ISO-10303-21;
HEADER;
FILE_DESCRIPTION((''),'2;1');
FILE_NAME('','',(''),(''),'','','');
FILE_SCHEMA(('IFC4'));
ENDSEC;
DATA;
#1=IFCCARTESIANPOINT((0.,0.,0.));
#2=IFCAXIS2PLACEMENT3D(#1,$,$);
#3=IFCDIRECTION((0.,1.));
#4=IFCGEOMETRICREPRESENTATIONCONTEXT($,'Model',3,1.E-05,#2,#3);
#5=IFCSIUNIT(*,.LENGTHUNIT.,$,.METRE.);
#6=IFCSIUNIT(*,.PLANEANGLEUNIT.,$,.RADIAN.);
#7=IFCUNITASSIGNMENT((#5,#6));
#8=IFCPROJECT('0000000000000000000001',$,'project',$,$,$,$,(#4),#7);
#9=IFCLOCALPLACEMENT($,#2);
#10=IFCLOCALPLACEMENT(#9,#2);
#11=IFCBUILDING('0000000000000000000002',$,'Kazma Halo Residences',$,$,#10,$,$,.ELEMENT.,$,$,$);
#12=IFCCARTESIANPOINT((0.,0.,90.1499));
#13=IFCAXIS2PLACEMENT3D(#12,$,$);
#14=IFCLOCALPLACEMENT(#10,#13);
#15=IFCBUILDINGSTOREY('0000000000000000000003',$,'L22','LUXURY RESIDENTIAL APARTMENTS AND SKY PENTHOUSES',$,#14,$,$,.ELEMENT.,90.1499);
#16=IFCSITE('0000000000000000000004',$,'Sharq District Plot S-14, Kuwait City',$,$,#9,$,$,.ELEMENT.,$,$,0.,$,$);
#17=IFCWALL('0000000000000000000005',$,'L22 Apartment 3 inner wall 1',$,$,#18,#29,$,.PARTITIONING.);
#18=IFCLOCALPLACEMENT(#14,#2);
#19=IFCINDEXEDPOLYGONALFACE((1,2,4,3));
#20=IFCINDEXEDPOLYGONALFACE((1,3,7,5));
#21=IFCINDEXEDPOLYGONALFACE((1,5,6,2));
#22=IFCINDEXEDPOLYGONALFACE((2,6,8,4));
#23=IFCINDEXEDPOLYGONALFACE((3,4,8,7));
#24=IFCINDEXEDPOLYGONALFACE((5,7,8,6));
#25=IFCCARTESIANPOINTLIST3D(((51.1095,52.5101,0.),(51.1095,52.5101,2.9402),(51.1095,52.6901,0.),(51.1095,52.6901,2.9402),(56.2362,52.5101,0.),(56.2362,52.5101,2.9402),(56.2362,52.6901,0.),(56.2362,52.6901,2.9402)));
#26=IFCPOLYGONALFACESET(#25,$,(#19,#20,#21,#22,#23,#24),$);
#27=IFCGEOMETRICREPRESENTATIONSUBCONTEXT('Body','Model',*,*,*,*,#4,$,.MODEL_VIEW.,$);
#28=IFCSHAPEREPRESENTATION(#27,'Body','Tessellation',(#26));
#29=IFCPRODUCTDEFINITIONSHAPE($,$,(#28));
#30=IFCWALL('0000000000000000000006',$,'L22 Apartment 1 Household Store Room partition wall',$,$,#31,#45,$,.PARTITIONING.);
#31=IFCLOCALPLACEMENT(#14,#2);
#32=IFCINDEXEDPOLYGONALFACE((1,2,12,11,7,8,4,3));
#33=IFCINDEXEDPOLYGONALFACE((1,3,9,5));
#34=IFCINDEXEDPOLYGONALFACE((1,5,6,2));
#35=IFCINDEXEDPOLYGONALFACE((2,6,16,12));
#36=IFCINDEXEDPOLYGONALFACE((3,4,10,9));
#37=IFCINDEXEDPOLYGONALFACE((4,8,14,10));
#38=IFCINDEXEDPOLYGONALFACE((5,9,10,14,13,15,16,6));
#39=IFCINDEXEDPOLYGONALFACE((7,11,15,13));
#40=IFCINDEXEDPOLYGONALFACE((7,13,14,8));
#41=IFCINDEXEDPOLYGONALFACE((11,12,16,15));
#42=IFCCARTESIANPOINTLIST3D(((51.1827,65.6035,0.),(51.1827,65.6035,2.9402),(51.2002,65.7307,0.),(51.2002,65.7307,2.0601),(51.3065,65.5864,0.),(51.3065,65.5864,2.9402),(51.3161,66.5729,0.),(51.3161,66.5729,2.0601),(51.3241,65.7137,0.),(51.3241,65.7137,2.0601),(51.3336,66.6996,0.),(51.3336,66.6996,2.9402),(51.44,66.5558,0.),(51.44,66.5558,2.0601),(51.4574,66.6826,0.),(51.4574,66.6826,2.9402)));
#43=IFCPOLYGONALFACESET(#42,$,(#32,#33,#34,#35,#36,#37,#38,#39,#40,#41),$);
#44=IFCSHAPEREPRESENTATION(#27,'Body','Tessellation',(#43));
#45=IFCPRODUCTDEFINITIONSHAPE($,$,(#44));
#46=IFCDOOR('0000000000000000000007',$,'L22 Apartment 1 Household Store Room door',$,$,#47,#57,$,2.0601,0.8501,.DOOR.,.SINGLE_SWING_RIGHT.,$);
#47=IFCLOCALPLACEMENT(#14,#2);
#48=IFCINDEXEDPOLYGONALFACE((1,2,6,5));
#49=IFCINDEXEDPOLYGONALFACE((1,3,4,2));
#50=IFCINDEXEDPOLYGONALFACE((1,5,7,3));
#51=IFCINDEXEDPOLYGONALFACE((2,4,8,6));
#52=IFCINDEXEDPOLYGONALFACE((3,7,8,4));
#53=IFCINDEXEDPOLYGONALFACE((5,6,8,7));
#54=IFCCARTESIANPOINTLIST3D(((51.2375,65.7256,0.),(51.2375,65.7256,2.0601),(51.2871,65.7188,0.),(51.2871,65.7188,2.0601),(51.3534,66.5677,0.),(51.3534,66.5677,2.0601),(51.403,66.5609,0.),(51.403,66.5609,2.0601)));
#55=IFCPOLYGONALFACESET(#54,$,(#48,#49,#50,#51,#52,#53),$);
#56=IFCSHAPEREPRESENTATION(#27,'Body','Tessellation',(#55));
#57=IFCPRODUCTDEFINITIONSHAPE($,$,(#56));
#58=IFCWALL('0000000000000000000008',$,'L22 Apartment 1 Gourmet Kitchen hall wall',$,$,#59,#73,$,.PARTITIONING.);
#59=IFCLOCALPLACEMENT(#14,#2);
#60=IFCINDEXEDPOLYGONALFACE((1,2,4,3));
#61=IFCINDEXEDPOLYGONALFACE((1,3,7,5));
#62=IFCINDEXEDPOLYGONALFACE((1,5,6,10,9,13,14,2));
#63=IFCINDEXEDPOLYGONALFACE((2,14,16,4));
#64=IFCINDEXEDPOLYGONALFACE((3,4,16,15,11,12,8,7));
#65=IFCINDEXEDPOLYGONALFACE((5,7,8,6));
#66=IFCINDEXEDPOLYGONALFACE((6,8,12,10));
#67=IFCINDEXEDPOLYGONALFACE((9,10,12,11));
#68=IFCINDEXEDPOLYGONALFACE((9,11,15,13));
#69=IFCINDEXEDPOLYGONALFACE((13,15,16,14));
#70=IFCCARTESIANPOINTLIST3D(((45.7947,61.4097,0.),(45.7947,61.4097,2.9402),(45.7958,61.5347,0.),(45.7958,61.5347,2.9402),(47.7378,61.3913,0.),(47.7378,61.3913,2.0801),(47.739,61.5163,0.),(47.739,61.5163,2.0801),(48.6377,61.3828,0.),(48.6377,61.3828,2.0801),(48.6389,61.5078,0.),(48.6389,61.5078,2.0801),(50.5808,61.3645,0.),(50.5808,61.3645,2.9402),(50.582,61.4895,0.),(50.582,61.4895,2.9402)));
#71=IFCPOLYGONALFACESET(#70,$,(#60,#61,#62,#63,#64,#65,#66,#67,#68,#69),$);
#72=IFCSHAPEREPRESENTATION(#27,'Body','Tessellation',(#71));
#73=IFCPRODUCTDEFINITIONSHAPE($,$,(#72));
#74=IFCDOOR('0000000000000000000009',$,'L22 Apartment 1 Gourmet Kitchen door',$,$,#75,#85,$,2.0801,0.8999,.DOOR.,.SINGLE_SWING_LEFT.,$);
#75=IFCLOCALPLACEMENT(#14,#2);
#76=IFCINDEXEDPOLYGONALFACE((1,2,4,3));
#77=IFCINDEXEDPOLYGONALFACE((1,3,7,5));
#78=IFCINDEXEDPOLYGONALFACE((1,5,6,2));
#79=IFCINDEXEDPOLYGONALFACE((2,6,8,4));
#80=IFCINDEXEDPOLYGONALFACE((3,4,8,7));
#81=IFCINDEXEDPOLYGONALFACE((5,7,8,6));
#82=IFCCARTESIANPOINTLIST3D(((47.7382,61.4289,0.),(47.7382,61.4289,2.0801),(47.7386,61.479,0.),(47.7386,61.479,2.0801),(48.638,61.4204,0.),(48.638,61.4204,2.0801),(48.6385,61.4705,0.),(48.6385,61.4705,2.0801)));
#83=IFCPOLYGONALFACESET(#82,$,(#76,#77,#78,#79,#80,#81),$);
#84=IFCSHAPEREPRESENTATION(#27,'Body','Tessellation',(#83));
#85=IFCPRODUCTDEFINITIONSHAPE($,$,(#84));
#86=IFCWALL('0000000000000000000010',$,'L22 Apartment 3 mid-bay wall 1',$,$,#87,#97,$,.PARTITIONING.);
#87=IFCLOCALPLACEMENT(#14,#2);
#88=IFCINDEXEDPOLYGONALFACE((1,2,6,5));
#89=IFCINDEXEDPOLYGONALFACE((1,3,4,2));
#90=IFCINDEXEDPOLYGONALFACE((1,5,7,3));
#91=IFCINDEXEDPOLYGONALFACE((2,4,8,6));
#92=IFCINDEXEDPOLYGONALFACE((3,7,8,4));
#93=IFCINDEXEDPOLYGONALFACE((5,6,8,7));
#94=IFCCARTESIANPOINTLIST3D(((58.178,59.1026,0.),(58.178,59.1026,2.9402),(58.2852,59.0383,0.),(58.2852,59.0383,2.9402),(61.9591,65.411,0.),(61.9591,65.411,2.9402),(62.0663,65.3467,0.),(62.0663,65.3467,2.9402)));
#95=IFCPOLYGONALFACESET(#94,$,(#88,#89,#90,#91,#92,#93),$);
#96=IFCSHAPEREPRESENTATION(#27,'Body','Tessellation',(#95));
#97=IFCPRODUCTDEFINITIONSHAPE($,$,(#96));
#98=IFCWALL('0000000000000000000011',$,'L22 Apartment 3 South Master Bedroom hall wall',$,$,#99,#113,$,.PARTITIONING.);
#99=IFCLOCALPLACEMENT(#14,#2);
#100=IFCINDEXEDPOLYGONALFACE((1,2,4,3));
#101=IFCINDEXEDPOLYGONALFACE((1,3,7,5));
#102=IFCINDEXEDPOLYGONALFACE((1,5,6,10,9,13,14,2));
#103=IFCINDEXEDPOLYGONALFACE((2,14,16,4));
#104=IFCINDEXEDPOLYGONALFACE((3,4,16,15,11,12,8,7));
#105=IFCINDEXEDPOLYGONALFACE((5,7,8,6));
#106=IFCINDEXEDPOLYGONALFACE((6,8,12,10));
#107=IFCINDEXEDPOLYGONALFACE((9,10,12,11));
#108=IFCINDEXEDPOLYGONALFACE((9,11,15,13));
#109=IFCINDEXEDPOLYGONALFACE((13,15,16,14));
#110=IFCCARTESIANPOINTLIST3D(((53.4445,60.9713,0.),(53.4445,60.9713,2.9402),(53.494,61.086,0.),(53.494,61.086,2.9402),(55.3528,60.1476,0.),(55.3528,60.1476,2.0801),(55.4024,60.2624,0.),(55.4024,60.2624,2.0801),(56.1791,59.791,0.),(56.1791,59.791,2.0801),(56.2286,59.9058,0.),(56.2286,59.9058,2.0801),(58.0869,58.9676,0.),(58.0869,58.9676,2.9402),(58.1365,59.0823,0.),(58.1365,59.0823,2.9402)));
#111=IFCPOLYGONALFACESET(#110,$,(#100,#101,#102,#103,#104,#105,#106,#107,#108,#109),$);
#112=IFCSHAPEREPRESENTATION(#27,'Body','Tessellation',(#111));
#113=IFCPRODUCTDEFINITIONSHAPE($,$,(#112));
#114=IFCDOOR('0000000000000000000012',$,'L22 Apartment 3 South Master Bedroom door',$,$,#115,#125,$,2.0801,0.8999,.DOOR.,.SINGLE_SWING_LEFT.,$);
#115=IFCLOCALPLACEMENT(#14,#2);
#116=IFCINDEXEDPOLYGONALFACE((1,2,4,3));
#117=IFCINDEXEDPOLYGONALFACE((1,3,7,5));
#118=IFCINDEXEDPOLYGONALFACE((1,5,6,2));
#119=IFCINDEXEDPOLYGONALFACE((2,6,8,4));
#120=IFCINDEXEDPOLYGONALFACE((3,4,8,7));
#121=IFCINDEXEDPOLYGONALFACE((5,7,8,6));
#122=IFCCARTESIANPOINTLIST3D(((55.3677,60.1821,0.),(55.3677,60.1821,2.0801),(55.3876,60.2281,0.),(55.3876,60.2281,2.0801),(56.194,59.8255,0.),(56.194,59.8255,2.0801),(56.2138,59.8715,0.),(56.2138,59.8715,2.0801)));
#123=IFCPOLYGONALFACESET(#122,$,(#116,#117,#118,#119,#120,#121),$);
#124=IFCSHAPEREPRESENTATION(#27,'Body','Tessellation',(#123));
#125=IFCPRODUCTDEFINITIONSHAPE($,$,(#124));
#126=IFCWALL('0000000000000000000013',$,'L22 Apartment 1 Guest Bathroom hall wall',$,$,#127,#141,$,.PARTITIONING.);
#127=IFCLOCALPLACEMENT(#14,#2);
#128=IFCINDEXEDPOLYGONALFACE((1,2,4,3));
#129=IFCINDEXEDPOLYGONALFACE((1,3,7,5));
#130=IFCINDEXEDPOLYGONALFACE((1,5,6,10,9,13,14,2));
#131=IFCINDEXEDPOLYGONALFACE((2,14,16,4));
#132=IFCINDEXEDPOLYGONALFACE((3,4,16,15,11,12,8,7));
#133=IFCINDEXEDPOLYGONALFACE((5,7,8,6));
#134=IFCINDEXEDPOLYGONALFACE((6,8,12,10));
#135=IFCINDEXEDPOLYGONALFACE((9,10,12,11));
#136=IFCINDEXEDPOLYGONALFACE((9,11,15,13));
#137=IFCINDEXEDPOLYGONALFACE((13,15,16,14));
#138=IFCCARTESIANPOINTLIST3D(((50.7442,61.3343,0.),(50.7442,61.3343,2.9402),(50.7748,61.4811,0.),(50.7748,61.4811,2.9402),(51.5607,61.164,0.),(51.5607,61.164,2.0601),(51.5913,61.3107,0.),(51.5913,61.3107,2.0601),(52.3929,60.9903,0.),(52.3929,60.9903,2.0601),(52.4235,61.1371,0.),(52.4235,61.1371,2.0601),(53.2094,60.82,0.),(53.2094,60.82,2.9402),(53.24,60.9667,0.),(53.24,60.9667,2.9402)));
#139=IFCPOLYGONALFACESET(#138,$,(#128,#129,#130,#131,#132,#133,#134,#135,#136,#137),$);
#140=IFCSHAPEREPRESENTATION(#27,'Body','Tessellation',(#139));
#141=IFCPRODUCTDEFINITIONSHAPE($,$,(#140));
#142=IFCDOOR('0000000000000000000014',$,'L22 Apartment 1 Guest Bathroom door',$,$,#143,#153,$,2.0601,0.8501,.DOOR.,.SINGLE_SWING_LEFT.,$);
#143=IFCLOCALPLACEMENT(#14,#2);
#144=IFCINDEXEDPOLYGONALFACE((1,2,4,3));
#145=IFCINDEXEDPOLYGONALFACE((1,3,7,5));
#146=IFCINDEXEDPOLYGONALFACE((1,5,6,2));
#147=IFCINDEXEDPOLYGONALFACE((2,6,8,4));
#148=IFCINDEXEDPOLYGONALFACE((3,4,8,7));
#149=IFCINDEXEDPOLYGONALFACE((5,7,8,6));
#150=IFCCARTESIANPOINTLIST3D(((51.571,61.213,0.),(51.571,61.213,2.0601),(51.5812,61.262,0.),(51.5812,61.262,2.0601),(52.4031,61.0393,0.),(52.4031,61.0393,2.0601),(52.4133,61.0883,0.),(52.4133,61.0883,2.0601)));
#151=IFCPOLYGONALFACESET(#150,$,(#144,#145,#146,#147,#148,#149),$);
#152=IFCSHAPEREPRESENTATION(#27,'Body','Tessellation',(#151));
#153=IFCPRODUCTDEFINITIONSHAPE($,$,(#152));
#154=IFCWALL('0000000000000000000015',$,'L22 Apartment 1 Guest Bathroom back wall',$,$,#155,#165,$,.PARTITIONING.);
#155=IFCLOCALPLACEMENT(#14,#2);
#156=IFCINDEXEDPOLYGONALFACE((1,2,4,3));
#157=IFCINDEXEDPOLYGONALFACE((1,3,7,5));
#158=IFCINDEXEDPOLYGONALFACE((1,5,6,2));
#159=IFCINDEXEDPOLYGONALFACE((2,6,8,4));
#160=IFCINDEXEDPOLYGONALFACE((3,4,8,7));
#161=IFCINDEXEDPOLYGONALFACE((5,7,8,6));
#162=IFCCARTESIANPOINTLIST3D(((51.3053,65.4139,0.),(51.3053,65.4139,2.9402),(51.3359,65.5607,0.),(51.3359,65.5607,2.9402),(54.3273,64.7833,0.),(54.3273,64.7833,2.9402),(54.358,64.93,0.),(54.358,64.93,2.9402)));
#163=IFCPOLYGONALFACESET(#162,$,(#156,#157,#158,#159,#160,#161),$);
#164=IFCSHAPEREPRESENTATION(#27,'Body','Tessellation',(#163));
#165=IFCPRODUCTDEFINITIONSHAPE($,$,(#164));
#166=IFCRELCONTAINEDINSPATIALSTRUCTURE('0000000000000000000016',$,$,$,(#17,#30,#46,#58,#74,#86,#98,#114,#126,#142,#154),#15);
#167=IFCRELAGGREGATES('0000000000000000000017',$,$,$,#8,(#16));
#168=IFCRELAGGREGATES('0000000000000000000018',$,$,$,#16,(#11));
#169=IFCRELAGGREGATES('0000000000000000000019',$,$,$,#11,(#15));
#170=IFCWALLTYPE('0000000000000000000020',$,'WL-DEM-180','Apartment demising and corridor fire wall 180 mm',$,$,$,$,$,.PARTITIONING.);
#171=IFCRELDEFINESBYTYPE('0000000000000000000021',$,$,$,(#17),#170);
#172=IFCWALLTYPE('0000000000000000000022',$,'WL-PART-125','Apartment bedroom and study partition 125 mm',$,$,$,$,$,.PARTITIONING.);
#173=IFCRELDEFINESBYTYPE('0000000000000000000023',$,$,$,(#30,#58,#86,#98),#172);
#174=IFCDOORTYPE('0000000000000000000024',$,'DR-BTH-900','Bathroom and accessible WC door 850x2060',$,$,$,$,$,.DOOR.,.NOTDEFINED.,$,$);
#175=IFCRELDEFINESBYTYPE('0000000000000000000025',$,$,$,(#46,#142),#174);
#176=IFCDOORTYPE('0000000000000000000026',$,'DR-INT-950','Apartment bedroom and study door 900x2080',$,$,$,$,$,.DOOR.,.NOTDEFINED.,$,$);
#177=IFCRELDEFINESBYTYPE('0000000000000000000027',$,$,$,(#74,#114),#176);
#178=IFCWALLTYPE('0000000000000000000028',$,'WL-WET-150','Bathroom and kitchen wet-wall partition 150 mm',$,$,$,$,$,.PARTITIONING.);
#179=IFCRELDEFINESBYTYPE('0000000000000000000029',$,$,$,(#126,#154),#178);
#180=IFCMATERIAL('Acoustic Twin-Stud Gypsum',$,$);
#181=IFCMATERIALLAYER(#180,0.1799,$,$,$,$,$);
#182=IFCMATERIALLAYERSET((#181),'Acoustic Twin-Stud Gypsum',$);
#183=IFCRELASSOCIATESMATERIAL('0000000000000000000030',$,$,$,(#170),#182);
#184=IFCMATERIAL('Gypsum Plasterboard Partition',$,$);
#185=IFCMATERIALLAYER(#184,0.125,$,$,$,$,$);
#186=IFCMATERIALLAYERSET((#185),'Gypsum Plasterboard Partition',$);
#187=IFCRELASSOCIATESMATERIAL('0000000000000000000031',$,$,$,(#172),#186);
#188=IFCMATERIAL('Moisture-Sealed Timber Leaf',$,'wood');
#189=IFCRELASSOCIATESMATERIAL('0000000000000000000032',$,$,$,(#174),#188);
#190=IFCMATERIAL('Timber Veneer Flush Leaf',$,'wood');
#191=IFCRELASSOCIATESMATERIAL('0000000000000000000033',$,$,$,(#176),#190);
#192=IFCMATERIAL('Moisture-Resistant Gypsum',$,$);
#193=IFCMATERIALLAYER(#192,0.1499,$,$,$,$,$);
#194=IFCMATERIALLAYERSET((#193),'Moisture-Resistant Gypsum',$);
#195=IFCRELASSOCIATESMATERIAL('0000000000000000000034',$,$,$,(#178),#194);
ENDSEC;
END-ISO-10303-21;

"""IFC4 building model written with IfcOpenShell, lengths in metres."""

from ifc_helpers import new_model, si_unit, direction, frame, frame_2d, origin, place, context, subcontext, project, spatial, rectangle, extrude, material, layer, layer_set, type_object, element, fill, save


model = new_model("IFC4")

# Units and contexts
model_context = context("Model", 3, precision=1e-05, world=origin(), true_north=direction((0.0, 1.0)))
body_context = subcontext(model_context, "Body", "Model", "MODEL_VIEW")
ifc_project = project(units=[si_unit("LENGTHUNIT", "METRE"), si_unit("PLANEANGLEUNIT", "RADIAN")], contexts=[model_context])

# Site, building, storey
site_placement = place(None, origin())
site = spatial("IfcSite", under=ifc_project, at=site_placement, Name="Sharq District Plot S-14, Kuwait City", CompositionType="ELEMENT", RefElevation=0.0)
building_placement = place(site_placement, origin())
building = spatial("IfcBuilding", under=site, at=building_placement, Name="Kazma Halo Residences", CompositionType="ELEMENT")
storey_placement = place(building_placement, frame((0.0, 0.0, 90.1499)))
storey = spatial("IfcBuildingStorey", under=building, at=storey_placement, Name="L22", Description="LUXURY RESIDENTIAL APARTMENTS AND SKY PENTHOUSES", CompositionType="ELEMENT", Elevation=90.1499)

# Wall
ifc_material_1 = material(Name="Acoustic Twin-Stud Gypsum")
ifc_layer_1 = layer(ifc_material_1, 0.1799)
ifc_layer_set_1 = layer_set([ifc_layer_1], Name="Acoustic Twin-Stud Gypsum")
wall_type_1 = type_object("IfcWallType", Name="WL-DEM-180", Description="Apartment demising and corridor fire wall 180 mm", PredefinedType="PARTITIONING", material=ifc_layer_set_1)
wall_1_placement = place(storey_placement, frame((56.2363, 52.6001, 0.0), z_axis=(0.0, 0.0, 1.0), x_axis=(-1.0, 0.0, 0.0)))
element("IfcWall", 1, at=wall_1_placement, inside=storey, type_object=wall_type_1, Name="L22 Apartment 3 inner wall 1", PredefinedType="PARTITIONING", context=body_context, shape_type="SweptSolid", body=[
    extrude(rectangle(XDim=5.1267, YDim=0.1799, at=frame_2d((2.5635, 0.0))), origin(), (0.0, 0.0, 1.0), 2.9402),
])

# Walls, openings, doors
ifc_material_2 = material(Name="Gypsum Plasterboard Partition")
ifc_layer_2 = layer(ifc_material_2, 0.125)
ifc_layer_set_2 = layer_set([ifc_layer_2], Name="Gypsum Plasterboard Partition")
wall_type_2 = type_object("IfcWallType", Name="WL-PART-125", Description="Apartment bedroom and study partition 125 mm", PredefinedType="PARTITIONING", material=ifc_layer_set_2)
wall_2_placement = place(storey_placement, frame((51.2446, 65.595, 0.0), z_axis=(0.0, 0.0, 1.0), x_axis=(0.136354, 0.99066, 0.0)))
wall_2 = element("IfcWall", 2, at=wall_2_placement, inside=storey, type_object=wall_type_2, Name="L22 Apartment 1 Household Store Room partition wall", PredefinedType="PARTITIONING", context=body_context, shape_type="SweptSolid", body=[
    extrude(rectangle(XDim=1.1064, YDim=0.125, at=frame_2d((0.5532, 0.0))), origin(), (0.0, 0.0, 1.0), 2.9402),
])
opening_1_placement = place(wall_2_placement, frame((0.1284, 0.0, 0.0)))
opening_1 = element("IfcOpeningElement", 3, at=opening_1_placement, cuts=wall_2, PredefinedType="OPENING", context=body_context, shape_type="SweptSolid", body=[
    extrude(rectangle(XDim=0.8501, YDim=2.0601, at=frame_2d((0.425, 1.03))), frame((0.0, 0.0725, 0.0), z_axis=(0.0, -1.0, 0.0), x_axis=(1.0, 0.0, 0.0)), (0.0, 0.0, 1.0), 0.145),
])
ifc_material_3 = material(Name="Moisture-Sealed Timber Leaf", Category="wood")
door_type_1 = type_object("IfcDoorType", Name="DR-BTH-900", Description="Bathroom and accessible WC door 850x2060", OperationType="NOTDEFINED", PredefinedType="DOOR", material=ifc_material_3)
door_1_placement = place(opening_1_placement, origin())
door_1 = element("IfcDoor", 4, at=door_1_placement, inside=storey, type_object=door_type_1, Name="L22 Apartment 1 Household Store Room door", OperationType="SINGLE_SWING_RIGHT", OverallHeight=2.0601, OverallWidth=0.8501, PredefinedType="DOOR", context=body_context, shape_type="SweptSolid", body=[
    extrude(rectangle(XDim=0.8501, YDim=2.0601, at=frame_2d((0.425, 1.03))), frame((0.0, 0.0249, 0.0), z_axis=(0.0, -1.0, 0.0), x_axis=(1.0, 0.0, 0.0)), (0.0, 0.0, 1.0), 0.05),
])
fill(opening_1, door_1)
wall_3_placement = place(storey_placement, frame((50.5813, 61.427, 0.0), z_axis=(0.0, 0.0, 1.0), x_axis=(-0.999955, 0.009436, 0.0)))
wall_3 = element("IfcWall", 5, at=wall_3_placement, inside=storey, type_object=wall_type_2, Name="L22 Apartment 1 Gourmet Kitchen hall wall", PredefinedType="PARTITIONING", context=body_context, shape_type="SweptSolid", body=[
    extrude(rectangle(XDim=4.7864, YDim=0.125, at=frame_2d((2.3931, 0.0))), origin(), (0.0, 0.0, 1.0), 2.9402),
])
opening_2_placement = place(wall_3_placement, frame((1.9431, 0.0, 0.0)))
opening_2 = element("IfcOpeningElement", 6, at=opening_2_placement, cuts=wall_3, PredefinedType="OPENING", context=body_context, shape_type="SweptSolid", body=[
    extrude(rectangle(XDim=0.8999, YDim=2.0801, at=frame_2d((0.45, 1.04))), frame((0.0, 0.0725, 0.0), z_axis=(0.0, -1.0, 0.0), x_axis=(1.0, 0.0, 0.0)), (0.0, 0.0, 1.0), 0.145),
])
ifc_material_4 = material(Name="Timber Veneer Flush Leaf", Category="wood")
door_type_2 = type_object("IfcDoorType", Name="DR-INT-950", Description="Apartment bedroom and study door 900x2080", OperationType="NOTDEFINED", PredefinedType="DOOR", material=ifc_material_4)
door_2_placement = place(opening_2_placement, origin())
door_2 = element("IfcDoor", 7, at=door_2_placement, inside=storey, type_object=door_type_2, Name="L22 Apartment 1 Gourmet Kitchen door", OperationType="SINGLE_SWING_LEFT", OverallHeight=2.0801, OverallWidth=0.8999, PredefinedType="DOOR", context=body_context, shape_type="SweptSolid", body=[
    extrude(rectangle(XDim=0.8999, YDim=2.0801, at=frame_2d((0.45, 1.04))), frame((0.0, 0.0249, 0.0), z_axis=(0.0, -1.0, 0.0), x_axis=(1.0, 0.0, 0.0)), (0.0, 0.0, 1.0), 0.05),
])
fill(opening_2, door_2)

# Wall
wall_4_placement = place(storey_placement, frame((58.2317, 59.0706, 0.0), z_axis=(0.0, 0.0, 1.0), x_axis=(0.514095, 0.857733, 0.0)))
element("IfcWall", 8, at=wall_4_placement, inside=storey, type_object=wall_type_2, Name="L22 Apartment 3 mid-bay wall 1", PredefinedType="PARTITIONING", context=body_context, shape_type="SweptSolid", body=[
    extrude(rectangle(XDim=7.3547, YDim=0.125, at=frame_2d((3.6772, 0.0))), origin(), (0.0, 0.0, 1.0), 2.9402),
])

# Walls, openings, doors
wall_5_placement = place(storey_placement, frame((58.1118, 59.0249, 0.0), z_axis=(0.0, 0.0, 1.0), x_axis=(-0.918133, 0.396272, 0.0)))
wall_5 = element("IfcWall", 9, at=wall_5_placement, inside=storey, type_object=wall_type_2, Name="L22 Apartment 3 South Master Bedroom hall wall", PredefinedType="PARTITIONING", context=body_context, shape_type="SweptSolid", body=[
    extrude(rectangle(XDim=5.0564, YDim=0.125, at=frame_2d((2.5283, 0.0))), origin(), (0.0, 0.0, 1.0), 2.9402),
])
opening_3_placement = place(wall_5_placement, frame((2.0781, 0.0, 0.0)))
opening_3 = element("IfcOpeningElement", 10, at=opening_3_placement, cuts=wall_5, PredefinedType="OPENING", context=body_context, shape_type="SweptSolid", body=[
    extrude(rectangle(XDim=0.8999, YDim=2.0801, at=frame_2d((0.45, 1.04))), frame((0.0, 0.0725, 0.0), z_axis=(0.0, -1.0, 0.0), x_axis=(1.0, 0.0, 0.0)), (0.0, 0.0, 1.0), 0.145),
])
door_3_placement = place(opening_3_placement, origin())
door_3 = element("IfcDoor", 11, at=door_3_placement, inside=storey, type_object=door_type_2, Name="L22 Apartment 3 South Master Bedroom door", OperationType="SINGLE_SWING_LEFT", OverallHeight=2.0801, OverallWidth=0.8999, PredefinedType="DOOR", context=body_context, shape_type="SweptSolid", body=[
    extrude(rectangle(XDim=0.8999, YDim=2.0801, at=frame_2d((0.45, 1.04))), frame((0.0, 0.0249, 0.0), z_axis=(0.0, -1.0, 0.0), x_axis=(1.0, 0.0, 0.0)), (0.0, 0.0, 1.0), 0.05),
])
fill(opening_3, door_3)
ifc_material_5 = material(Name="Moisture-Resistant Gypsum")
ifc_layer_3 = layer(ifc_material_5, 0.1499)
ifc_layer_set_3 = layer_set([ifc_layer_3], Name="Moisture-Resistant Gypsum")
wall_type_3 = type_object("IfcWallType", Name="WL-WET-150", Description="Bathroom and kitchen wet-wall partition 150 mm", PredefinedType="PARTITIONING", material=ifc_layer_set_3)
wall_6_placement = place(storey_placement, frame((53.2249, 60.8933, 0.0), z_axis=(0.0, 0.0, 1.0), x_axis=(-0.978917, 0.204256, 0.0)))
wall_6 = element("IfcWall", 12, at=wall_6_placement, inside=storey, type_object=wall_type_3, Name="L22 Apartment 1 Guest Bathroom hall wall", PredefinedType="PARTITIONING", context=body_context, shape_type="SweptSolid", body=[
    extrude(rectangle(XDim=2.5183, YDim=0.1499, at=frame_2d((1.2593, 0.0))), origin(), (0.0, 0.0, 1.0), 2.9402),
])
opening_4_placement = place(wall_6_placement, frame((0.8342, 0.0, 0.0)))
opening_4 = element("IfcOpeningElement", 13, at=opening_4_placement, cuts=wall_6, PredefinedType="OPENING", context=body_context, shape_type="SweptSolid", body=[
    extrude(rectangle(XDim=0.8501, YDim=2.0601, at=frame_2d((0.425, 1.03))), frame((0.0, 0.085, 0.0), z_axis=(0.0, -1.0, 0.0), x_axis=(1.0, 0.0, 0.0)), (0.0, 0.0, 1.0), 0.1699),
])
door_4_placement = place(opening_4_placement, origin())
door_4 = element("IfcDoor", 14, at=door_4_placement, inside=storey, type_object=door_type_1, Name="L22 Apartment 1 Guest Bathroom door", OperationType="SINGLE_SWING_LEFT", OverallHeight=2.0601, OverallWidth=0.8501, PredefinedType="DOOR", context=body_context, shape_type="SweptSolid", body=[
    extrude(rectangle(XDim=0.8501, YDim=2.0601, at=frame_2d((0.425, 1.03))), frame((0.0, 0.0249, 0.0), z_axis=(0.0, -1.0, 0.0), x_axis=(1.0, 0.0, 0.0)), (0.0, 0.0, 1.0), 0.05),
])
fill(opening_4, door_4)

# Wall
wall_7_placement = place(storey_placement, frame((54.3425, 64.8567, 0.0), z_axis=(0.0, 0.0, 1.0), x_axis=(-0.978913, 0.204276, 0.0)))
element("IfcWall", 15, at=wall_7_placement, inside=storey, type_object=wall_type_3, Name="L22 Apartment 1 Guest Bathroom back wall", PredefinedType="PARTITIONING", context=body_context, shape_type="SweptSolid", body=[
    extrude(rectangle(XDim=3.0872, YDim=0.1499, at=frame_2d((1.5435, 0.0))), origin(), (0.0, 0.0, 1.0), 2.9402),
])

save(model, "model.ifc")
